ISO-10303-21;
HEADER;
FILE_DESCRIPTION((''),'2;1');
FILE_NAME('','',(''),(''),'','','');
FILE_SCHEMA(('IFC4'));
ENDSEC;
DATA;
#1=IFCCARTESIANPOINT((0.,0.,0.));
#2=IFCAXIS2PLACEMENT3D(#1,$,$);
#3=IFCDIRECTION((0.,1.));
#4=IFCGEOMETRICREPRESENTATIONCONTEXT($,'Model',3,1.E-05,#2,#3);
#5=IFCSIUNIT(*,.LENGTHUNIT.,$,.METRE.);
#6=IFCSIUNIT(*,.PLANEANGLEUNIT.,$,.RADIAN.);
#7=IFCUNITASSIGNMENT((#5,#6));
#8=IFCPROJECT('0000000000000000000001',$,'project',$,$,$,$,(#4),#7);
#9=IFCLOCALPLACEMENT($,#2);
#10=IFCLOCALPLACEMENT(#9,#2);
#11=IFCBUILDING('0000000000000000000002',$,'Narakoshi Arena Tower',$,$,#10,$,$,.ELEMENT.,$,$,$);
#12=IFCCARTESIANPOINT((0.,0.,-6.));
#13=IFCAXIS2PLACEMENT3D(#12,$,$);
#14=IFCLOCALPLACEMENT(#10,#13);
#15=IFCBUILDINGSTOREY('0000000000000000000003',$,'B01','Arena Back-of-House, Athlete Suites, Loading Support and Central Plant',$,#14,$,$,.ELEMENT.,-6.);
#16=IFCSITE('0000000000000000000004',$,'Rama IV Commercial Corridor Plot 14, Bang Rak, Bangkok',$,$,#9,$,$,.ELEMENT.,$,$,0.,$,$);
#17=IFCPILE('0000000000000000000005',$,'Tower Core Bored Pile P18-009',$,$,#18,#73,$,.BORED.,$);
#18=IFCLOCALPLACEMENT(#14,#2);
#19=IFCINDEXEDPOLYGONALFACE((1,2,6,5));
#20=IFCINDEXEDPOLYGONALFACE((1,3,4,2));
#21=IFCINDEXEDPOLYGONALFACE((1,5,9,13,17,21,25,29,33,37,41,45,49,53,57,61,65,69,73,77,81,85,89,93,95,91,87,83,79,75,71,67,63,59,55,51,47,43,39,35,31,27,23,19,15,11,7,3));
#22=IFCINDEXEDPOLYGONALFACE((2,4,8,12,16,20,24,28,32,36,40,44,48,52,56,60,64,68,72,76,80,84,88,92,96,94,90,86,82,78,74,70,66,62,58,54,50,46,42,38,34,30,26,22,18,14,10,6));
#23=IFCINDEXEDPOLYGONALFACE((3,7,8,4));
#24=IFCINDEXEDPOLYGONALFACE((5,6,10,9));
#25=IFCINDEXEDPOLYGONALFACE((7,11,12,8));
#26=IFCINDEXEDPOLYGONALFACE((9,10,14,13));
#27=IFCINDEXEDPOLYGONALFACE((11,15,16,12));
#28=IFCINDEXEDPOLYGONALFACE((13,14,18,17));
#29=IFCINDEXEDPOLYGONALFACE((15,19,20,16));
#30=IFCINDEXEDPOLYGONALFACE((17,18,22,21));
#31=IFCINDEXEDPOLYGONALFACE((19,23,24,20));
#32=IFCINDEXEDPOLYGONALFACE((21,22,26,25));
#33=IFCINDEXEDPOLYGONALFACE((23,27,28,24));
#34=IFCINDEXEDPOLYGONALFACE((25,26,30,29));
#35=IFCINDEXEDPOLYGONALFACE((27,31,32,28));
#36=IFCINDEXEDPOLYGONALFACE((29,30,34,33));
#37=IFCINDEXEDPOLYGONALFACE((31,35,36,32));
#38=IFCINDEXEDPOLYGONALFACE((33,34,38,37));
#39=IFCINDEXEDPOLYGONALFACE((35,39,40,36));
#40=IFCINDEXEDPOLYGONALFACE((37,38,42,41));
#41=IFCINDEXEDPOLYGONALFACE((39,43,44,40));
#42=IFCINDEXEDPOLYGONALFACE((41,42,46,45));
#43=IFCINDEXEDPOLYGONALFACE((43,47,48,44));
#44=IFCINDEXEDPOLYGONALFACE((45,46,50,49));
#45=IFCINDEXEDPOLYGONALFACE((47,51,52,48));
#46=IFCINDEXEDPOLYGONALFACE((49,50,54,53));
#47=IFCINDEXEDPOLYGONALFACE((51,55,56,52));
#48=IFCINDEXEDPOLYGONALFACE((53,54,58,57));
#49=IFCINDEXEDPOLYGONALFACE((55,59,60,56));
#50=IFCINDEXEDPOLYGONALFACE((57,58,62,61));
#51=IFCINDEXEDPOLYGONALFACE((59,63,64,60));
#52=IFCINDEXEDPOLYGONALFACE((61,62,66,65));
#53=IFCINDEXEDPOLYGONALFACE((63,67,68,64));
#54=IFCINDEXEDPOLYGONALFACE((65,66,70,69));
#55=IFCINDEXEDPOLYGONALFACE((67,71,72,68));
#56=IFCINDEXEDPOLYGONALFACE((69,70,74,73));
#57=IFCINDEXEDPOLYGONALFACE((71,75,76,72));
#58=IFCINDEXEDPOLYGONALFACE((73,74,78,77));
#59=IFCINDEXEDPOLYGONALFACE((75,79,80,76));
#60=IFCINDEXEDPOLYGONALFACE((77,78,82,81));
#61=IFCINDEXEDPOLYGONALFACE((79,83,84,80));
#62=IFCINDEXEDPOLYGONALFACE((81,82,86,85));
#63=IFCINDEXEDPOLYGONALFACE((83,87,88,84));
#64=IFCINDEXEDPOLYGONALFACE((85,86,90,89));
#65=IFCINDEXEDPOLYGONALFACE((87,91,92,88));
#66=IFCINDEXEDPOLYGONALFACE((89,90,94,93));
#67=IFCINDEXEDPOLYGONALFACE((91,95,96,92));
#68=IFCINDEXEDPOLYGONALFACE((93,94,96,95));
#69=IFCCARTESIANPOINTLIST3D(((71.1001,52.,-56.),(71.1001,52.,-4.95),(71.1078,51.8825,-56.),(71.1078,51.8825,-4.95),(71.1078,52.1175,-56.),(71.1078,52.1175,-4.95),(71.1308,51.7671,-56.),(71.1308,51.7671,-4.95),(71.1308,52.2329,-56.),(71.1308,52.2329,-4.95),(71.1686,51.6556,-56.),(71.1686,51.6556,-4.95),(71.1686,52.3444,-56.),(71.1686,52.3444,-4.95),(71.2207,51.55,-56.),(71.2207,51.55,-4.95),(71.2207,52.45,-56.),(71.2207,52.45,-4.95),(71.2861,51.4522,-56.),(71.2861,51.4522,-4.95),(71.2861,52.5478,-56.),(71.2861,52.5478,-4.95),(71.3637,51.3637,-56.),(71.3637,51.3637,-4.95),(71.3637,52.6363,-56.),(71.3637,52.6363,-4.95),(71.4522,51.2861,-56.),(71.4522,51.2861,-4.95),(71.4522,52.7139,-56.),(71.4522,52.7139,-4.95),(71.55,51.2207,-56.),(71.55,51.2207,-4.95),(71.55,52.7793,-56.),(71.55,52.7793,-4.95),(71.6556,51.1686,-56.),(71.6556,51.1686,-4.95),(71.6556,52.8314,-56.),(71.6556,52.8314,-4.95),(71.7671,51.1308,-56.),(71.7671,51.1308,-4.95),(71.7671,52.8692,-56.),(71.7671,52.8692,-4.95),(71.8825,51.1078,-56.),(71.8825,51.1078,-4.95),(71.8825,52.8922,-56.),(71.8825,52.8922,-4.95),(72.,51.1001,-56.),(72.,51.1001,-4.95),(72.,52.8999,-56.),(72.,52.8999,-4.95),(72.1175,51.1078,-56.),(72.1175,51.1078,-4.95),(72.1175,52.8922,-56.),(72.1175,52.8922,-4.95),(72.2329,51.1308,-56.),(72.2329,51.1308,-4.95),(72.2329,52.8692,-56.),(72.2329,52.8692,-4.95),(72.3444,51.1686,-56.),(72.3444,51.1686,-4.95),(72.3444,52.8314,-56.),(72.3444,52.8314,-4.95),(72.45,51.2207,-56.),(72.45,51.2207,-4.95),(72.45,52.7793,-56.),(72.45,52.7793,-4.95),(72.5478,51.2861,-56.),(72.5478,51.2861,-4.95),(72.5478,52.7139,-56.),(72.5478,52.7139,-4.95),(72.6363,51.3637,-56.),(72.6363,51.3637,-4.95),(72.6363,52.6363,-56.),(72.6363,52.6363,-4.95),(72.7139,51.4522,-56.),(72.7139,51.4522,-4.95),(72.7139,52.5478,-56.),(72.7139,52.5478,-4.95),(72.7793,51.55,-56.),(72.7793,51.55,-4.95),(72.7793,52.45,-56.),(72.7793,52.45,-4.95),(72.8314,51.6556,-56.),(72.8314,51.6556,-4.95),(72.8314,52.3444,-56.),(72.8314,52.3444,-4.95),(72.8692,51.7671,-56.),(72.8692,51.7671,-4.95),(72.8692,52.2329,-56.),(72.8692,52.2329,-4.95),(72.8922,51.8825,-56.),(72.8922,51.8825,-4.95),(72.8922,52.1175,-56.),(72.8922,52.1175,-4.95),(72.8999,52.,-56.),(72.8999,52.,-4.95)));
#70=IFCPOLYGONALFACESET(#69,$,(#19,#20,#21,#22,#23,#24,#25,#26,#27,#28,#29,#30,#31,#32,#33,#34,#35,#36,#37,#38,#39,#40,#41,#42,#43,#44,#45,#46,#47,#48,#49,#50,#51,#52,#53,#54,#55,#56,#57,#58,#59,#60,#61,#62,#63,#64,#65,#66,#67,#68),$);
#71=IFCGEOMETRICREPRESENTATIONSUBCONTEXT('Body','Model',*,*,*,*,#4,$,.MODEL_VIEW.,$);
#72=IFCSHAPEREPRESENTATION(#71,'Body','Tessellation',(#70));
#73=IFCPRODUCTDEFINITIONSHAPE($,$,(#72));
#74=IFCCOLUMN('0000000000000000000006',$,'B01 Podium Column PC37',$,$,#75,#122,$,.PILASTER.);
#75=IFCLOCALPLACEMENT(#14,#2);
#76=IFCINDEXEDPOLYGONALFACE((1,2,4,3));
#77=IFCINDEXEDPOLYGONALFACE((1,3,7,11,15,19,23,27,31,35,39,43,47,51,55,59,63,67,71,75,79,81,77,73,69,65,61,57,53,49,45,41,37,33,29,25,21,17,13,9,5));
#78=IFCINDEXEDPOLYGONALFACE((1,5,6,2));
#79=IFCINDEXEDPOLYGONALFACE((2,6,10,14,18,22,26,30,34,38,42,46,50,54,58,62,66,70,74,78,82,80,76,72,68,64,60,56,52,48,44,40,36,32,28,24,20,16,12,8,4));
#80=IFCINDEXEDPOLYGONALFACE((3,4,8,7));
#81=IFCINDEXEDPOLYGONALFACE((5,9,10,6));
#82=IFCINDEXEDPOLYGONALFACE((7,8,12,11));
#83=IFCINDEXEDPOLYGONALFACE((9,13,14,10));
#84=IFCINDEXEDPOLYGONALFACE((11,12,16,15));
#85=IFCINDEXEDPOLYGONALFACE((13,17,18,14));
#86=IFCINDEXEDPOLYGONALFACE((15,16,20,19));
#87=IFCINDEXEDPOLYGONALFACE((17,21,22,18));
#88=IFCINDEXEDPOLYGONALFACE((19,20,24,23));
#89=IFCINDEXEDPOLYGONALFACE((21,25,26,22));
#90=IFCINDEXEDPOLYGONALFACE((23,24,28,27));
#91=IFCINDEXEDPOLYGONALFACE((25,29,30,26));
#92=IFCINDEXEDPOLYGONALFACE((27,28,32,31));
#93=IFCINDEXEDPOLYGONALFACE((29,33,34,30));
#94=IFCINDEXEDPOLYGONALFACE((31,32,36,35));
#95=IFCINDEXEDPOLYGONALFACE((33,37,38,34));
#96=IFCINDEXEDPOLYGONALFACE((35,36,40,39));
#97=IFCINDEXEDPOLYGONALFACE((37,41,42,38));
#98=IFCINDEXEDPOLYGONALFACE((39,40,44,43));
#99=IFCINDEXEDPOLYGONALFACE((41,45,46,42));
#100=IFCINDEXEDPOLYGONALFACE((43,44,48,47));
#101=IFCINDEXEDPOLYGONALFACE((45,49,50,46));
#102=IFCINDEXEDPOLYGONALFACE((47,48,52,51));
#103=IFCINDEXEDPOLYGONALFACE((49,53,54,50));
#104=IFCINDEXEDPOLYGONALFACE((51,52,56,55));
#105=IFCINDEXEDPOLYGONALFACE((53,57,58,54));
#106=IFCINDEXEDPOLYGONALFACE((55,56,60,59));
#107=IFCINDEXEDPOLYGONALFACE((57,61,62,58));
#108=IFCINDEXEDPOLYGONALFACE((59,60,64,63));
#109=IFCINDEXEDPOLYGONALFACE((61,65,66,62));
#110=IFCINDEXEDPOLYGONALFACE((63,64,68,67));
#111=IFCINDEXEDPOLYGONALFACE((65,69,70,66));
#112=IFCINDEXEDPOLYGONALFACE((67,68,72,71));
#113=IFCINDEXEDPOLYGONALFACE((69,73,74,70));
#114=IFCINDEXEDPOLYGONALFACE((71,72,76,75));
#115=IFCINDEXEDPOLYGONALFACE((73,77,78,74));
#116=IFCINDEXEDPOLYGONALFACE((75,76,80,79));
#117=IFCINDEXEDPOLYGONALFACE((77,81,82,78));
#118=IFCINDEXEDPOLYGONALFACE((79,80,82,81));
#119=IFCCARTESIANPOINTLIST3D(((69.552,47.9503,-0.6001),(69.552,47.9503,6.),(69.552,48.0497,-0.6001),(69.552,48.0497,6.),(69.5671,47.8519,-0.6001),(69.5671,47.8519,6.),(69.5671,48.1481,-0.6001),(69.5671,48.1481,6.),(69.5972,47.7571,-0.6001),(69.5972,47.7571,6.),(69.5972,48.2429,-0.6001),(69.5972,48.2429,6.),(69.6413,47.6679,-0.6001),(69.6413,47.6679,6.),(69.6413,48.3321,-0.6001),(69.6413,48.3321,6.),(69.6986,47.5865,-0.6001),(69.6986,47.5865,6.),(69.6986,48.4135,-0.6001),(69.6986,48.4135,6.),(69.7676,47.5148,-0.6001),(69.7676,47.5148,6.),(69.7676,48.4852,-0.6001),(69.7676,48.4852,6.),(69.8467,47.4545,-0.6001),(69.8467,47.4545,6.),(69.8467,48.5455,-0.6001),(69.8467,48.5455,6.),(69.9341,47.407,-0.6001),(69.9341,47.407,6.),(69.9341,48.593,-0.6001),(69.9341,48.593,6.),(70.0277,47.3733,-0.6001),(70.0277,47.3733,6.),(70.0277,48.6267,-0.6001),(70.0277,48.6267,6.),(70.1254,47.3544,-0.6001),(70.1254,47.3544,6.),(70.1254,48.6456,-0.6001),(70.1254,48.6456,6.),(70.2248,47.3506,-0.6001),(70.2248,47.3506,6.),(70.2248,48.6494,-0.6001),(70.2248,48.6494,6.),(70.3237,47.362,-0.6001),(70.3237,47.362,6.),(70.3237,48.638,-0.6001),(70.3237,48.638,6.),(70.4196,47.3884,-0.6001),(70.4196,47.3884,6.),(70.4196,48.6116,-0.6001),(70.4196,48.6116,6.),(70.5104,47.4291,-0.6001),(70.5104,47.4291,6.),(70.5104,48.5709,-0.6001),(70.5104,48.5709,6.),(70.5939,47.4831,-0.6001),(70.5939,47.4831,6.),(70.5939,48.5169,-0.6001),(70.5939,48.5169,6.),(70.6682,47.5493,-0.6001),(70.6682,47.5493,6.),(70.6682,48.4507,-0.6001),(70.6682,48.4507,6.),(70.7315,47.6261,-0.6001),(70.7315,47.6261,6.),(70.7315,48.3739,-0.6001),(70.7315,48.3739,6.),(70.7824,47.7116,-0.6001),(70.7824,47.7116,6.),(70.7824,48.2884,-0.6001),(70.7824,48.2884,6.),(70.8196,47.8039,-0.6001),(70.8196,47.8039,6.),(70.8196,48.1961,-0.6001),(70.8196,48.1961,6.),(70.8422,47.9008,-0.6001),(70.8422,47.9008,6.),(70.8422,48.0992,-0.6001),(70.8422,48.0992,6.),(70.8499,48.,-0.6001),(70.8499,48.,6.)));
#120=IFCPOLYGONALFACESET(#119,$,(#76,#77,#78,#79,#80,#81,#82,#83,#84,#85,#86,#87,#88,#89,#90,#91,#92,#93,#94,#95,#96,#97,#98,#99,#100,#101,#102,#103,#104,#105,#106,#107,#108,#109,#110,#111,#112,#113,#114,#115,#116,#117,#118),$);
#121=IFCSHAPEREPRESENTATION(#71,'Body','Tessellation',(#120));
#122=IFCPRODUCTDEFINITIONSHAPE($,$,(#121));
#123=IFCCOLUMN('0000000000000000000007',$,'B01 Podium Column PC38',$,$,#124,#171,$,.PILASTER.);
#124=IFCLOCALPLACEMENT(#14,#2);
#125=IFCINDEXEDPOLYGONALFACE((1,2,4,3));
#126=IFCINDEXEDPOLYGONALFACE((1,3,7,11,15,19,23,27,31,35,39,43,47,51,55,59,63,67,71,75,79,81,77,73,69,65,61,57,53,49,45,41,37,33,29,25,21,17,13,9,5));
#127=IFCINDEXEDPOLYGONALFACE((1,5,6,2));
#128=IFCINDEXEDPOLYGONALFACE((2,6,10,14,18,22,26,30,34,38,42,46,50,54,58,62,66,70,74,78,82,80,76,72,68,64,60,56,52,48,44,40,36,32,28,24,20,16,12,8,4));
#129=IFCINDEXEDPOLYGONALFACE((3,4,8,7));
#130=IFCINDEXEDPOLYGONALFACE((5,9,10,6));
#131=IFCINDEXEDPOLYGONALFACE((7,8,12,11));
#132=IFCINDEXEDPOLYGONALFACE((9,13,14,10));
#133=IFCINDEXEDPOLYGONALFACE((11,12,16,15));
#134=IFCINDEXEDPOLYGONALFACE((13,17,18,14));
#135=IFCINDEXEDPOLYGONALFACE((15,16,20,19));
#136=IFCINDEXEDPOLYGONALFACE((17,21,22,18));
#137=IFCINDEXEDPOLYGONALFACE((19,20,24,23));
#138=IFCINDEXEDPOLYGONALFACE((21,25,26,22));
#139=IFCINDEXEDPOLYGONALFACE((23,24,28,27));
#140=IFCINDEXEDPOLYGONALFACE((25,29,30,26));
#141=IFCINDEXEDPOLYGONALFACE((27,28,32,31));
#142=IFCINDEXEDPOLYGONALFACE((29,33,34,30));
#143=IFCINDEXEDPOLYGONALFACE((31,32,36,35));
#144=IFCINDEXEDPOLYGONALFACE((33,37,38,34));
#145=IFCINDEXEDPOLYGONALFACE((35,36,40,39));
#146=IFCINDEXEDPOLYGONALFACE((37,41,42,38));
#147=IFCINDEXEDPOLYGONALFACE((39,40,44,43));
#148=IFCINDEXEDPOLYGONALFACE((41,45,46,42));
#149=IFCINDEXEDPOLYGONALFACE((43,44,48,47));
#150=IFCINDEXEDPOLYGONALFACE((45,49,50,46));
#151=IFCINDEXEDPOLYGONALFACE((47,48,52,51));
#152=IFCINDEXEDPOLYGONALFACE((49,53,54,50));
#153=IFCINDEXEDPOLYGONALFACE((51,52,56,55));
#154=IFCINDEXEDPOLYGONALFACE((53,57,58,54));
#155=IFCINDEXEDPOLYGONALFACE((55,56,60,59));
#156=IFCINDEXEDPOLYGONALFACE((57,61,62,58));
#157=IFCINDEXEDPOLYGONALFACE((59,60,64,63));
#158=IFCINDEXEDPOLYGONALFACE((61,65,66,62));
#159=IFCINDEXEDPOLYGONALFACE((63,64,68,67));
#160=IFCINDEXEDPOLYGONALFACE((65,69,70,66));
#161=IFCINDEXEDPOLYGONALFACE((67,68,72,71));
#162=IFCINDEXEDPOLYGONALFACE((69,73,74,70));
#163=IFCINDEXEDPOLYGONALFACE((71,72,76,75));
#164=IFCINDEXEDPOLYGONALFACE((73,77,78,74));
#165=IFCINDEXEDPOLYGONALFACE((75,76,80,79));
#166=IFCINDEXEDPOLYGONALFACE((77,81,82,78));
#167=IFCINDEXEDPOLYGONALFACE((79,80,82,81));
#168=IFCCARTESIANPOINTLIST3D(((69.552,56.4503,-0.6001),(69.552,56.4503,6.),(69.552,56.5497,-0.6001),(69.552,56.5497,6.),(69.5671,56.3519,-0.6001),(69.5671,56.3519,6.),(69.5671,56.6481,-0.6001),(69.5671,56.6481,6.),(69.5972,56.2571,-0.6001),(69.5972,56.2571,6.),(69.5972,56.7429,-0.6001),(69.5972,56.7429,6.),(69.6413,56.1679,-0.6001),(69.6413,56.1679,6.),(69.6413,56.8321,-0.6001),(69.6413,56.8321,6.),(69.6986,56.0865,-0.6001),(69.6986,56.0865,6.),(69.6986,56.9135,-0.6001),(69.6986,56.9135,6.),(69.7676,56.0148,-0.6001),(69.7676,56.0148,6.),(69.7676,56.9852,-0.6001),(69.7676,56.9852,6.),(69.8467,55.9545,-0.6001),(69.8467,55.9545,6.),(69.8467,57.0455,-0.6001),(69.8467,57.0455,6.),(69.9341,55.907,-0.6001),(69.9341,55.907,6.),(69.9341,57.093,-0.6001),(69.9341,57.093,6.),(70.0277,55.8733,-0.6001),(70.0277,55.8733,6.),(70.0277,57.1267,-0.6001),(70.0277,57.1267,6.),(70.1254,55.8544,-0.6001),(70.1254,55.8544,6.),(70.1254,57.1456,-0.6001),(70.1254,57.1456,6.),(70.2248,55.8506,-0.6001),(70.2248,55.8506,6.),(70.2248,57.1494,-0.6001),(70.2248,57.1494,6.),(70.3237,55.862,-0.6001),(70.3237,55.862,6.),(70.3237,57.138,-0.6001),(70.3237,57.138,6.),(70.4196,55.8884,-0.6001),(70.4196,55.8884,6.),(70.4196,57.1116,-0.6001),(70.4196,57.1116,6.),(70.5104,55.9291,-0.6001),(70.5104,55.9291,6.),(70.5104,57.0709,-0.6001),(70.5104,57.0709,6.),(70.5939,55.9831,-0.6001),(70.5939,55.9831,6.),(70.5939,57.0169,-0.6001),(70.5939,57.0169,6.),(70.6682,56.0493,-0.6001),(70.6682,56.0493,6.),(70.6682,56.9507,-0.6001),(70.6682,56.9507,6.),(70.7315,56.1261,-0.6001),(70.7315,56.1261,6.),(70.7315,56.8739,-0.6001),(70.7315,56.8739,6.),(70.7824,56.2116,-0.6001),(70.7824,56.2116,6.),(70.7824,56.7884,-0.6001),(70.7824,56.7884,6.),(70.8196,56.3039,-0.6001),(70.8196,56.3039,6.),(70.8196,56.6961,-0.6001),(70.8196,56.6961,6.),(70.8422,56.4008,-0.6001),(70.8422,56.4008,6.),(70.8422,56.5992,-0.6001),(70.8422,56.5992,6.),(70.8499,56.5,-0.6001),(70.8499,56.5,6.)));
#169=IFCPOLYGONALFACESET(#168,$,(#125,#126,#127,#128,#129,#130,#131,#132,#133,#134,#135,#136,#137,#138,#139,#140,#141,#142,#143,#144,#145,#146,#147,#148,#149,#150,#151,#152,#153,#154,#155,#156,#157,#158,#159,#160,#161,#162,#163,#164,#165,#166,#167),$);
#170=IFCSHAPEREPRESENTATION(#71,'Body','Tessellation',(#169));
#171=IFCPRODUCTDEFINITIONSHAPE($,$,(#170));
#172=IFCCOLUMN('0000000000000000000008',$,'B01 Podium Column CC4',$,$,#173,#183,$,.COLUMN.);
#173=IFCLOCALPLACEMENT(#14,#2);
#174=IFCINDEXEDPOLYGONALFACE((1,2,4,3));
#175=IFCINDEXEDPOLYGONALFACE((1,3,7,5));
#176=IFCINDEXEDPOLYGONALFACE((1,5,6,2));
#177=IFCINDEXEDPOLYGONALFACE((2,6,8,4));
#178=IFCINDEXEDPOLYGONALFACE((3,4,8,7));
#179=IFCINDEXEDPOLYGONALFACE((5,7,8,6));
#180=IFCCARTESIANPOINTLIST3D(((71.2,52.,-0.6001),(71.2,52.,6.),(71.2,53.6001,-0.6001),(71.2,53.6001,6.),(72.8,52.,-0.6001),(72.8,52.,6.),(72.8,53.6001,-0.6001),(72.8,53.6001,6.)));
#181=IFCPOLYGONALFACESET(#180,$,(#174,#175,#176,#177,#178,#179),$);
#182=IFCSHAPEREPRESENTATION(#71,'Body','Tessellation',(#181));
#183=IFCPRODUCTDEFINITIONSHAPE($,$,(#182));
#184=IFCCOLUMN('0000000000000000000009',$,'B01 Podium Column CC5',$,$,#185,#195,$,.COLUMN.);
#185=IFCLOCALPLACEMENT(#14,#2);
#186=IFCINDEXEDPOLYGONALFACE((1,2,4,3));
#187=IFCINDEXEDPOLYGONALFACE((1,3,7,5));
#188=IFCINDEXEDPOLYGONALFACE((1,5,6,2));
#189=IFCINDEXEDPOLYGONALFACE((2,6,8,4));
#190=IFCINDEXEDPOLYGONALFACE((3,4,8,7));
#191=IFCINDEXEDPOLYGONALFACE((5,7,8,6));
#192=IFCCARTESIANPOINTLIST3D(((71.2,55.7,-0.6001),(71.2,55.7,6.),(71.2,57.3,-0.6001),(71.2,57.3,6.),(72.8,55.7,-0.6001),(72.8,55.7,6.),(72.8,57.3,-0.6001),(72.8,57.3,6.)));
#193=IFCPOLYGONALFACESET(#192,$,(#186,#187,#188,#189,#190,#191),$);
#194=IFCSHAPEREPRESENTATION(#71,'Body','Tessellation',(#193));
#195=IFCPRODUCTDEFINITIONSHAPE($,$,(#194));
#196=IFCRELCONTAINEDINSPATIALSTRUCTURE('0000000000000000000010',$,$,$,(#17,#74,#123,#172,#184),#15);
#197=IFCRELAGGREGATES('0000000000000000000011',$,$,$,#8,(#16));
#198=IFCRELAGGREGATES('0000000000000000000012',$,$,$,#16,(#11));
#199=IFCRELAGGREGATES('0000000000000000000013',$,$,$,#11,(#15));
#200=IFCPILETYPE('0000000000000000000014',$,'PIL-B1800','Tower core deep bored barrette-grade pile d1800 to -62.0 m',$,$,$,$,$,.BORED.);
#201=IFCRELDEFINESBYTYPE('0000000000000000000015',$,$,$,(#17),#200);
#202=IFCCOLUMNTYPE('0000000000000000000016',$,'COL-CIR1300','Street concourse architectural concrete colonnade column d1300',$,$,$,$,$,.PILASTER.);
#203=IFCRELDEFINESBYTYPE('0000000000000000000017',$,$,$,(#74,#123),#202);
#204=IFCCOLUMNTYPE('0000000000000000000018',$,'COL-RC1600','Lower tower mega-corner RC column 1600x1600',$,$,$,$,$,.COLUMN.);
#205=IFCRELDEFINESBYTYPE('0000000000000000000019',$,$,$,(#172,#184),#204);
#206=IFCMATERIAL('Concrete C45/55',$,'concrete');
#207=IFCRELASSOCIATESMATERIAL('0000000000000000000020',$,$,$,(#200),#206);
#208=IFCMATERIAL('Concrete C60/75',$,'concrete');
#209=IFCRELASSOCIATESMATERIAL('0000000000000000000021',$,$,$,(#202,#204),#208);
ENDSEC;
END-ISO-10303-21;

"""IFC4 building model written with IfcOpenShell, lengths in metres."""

from ifc_helpers import new_model, si_unit, direction, frame, origin, origin_2d, place, context, subcontext, project, spatial, rectangle, circle, extrude, material, material_profile, profile_set, type_object, element, save


model = new_model("IFC4")

# Units and contexts
model_context = context("Model", 3, precision=1e-05, world=origin(), true_north=direction((0.0, 1.0)))
body_context = subcontext(model_context, "Body", "Model", "MODEL_VIEW")
ifc_project = project(units=[si_unit("LENGTHUNIT", "METRE"), si_unit("PLANEANGLEUNIT", "RADIAN")], contexts=[model_context])

# Site, building, storey
site_placement = place(None, origin())
site = spatial("IfcSite", under=ifc_project, at=site_placement, Name="Rama IV Commercial Corridor Plot 14, Bang Rak, Bangkok", CompositionType="ELEMENT", RefElevation=0.0)
building_placement = place(site_placement, origin())
building = spatial("IfcBuilding", under=site, at=building_placement, Name="Narakoshi Arena Tower", CompositionType="ELEMENT")
storey_placement = place(building_placement, frame((0.0, 0.0, -6.0)))
storey = spatial("IfcBuildingStorey", under=building, at=storey_placement, Name="B01", Description="Arena Back-of-House, Athlete Suites, Loading Support and Central Plant", CompositionType="ELEMENT", Elevation=-6.0)

# Pile
ifc_material_1 = material(Name="Concrete C45/55", Category="concrete")
ifc_material_profile_1 = material_profile(ifc_material_1, circle(Radius=0.8999, at=origin_2d()), Name="PILE-D1800")
ifc_profile_set_1 = profile_set([ifc_material_profile_1], Name="Concrete C45/55")
pile_type = type_object("IfcPileType", Name="PIL-B1800", Description="Tower core deep bored barrette-grade pile d1800 to -62.0 m", PredefinedType="BORED", material=ifc_profile_set_1)
for number, where, z_axis, x_axis, name in (
    (1, (72.0, 52.0, -4.95), (0.0, 0.0, -1.0), (1.0, 0.0, 0.0), "Tower Core Bored Pile P18-009"),
):
    element("IfcPile", number, at=place(storey_placement, frame(where, z_axis=z_axis, x_axis=x_axis)), inside=storey, type_object=pile_type, Name=name, PredefinedType="BORED", context=body_context, shape_type="SweptSolid", body=[
        extrude(circle(Radius=0.8999, at=origin_2d()), origin(), (0.0, 0.0, 1.0), 51.05),
    ])

# Columns
ifc_material_2 = material(Name="Concrete C60/75", Category="concrete")
ifc_material_profile_2 = material_profile(ifc_material_2, circle(Radius=0.6499, at=origin_2d()), Name="RCC1300")
ifc_profile_set_2 = profile_set([ifc_material_profile_2], Name="Concrete C60/75")
column_type_1 = type_object("IfcColumnType", Name="COL-CIR1300", Description="Street concourse architectural concrete colonnade column d1300", PredefinedType="PILASTER", material=ifc_profile_set_2)
for number, where, z_axis, x_axis, name in (
    (2, (70.2, 48.0, -0.6001), (0.0, 0.0, 1.0), (1.0, 0.0, 0.0), "B01 Podium Column PC37"),
    (3, (70.2, 56.5, -0.6001), (0.0, 0.0, 1.0), (1.0, 0.0, 0.0), "B01 Podium Column PC38"),
):
    element("IfcColumn", number, at=place(storey_placement, frame(where, z_axis=z_axis, x_axis=x_axis)), inside=storey, type_object=column_type_1, Name=name, PredefinedType="PILASTER", context=body_context, shape_type="SweptSolid", body=[
        extrude(circle(Radius=0.6499, at=origin_2d()), origin(), (0.0, 0.0, 1.0), 6.6001),
    ])
ifc_material_profile_3 = material_profile(ifc_material_2, rectangle(XDim=1.6001, YDim=1.6001, at=origin_2d()), Name="RC1600x1600")
ifc_profile_set_3 = profile_set([ifc_material_profile_3], Name="Concrete C60/75")
column_type_2 = type_object("IfcColumnType", Name="COL-RC1600", Description="Lower tower mega-corner RC column 1600x1600", PredefinedType="COLUMN", material=ifc_profile_set_3)
for number, where, z_axis, x_axis, name in (
    (4, (72.0, 52.8, -0.6001), (0.0, 0.0, 1.0), (1.0, 0.0, 0.0), "B01 Podium Column CC4"),
    (5, (72.0, 56.5, -0.6001), (0.0, 0.0, 1.0), (1.0, 0.0, 0.0), "B01 Podium Column CC5"),
):
    element("IfcColumn", number, at=place(storey_placement, frame(where, z_axis=z_axis, x_axis=x_axis)), inside=storey, type_object=column_type_2, Name=name, PredefinedType="COLUMN", context=body_context, shape_type="SweptSolid", body=[
        extrude(rectangle(XDim=1.6001, YDim=1.6001, at=origin_2d()), origin(), (0.0, 0.0, 1.0), 6.6001),
    ])

save(model, "model.ifc")
